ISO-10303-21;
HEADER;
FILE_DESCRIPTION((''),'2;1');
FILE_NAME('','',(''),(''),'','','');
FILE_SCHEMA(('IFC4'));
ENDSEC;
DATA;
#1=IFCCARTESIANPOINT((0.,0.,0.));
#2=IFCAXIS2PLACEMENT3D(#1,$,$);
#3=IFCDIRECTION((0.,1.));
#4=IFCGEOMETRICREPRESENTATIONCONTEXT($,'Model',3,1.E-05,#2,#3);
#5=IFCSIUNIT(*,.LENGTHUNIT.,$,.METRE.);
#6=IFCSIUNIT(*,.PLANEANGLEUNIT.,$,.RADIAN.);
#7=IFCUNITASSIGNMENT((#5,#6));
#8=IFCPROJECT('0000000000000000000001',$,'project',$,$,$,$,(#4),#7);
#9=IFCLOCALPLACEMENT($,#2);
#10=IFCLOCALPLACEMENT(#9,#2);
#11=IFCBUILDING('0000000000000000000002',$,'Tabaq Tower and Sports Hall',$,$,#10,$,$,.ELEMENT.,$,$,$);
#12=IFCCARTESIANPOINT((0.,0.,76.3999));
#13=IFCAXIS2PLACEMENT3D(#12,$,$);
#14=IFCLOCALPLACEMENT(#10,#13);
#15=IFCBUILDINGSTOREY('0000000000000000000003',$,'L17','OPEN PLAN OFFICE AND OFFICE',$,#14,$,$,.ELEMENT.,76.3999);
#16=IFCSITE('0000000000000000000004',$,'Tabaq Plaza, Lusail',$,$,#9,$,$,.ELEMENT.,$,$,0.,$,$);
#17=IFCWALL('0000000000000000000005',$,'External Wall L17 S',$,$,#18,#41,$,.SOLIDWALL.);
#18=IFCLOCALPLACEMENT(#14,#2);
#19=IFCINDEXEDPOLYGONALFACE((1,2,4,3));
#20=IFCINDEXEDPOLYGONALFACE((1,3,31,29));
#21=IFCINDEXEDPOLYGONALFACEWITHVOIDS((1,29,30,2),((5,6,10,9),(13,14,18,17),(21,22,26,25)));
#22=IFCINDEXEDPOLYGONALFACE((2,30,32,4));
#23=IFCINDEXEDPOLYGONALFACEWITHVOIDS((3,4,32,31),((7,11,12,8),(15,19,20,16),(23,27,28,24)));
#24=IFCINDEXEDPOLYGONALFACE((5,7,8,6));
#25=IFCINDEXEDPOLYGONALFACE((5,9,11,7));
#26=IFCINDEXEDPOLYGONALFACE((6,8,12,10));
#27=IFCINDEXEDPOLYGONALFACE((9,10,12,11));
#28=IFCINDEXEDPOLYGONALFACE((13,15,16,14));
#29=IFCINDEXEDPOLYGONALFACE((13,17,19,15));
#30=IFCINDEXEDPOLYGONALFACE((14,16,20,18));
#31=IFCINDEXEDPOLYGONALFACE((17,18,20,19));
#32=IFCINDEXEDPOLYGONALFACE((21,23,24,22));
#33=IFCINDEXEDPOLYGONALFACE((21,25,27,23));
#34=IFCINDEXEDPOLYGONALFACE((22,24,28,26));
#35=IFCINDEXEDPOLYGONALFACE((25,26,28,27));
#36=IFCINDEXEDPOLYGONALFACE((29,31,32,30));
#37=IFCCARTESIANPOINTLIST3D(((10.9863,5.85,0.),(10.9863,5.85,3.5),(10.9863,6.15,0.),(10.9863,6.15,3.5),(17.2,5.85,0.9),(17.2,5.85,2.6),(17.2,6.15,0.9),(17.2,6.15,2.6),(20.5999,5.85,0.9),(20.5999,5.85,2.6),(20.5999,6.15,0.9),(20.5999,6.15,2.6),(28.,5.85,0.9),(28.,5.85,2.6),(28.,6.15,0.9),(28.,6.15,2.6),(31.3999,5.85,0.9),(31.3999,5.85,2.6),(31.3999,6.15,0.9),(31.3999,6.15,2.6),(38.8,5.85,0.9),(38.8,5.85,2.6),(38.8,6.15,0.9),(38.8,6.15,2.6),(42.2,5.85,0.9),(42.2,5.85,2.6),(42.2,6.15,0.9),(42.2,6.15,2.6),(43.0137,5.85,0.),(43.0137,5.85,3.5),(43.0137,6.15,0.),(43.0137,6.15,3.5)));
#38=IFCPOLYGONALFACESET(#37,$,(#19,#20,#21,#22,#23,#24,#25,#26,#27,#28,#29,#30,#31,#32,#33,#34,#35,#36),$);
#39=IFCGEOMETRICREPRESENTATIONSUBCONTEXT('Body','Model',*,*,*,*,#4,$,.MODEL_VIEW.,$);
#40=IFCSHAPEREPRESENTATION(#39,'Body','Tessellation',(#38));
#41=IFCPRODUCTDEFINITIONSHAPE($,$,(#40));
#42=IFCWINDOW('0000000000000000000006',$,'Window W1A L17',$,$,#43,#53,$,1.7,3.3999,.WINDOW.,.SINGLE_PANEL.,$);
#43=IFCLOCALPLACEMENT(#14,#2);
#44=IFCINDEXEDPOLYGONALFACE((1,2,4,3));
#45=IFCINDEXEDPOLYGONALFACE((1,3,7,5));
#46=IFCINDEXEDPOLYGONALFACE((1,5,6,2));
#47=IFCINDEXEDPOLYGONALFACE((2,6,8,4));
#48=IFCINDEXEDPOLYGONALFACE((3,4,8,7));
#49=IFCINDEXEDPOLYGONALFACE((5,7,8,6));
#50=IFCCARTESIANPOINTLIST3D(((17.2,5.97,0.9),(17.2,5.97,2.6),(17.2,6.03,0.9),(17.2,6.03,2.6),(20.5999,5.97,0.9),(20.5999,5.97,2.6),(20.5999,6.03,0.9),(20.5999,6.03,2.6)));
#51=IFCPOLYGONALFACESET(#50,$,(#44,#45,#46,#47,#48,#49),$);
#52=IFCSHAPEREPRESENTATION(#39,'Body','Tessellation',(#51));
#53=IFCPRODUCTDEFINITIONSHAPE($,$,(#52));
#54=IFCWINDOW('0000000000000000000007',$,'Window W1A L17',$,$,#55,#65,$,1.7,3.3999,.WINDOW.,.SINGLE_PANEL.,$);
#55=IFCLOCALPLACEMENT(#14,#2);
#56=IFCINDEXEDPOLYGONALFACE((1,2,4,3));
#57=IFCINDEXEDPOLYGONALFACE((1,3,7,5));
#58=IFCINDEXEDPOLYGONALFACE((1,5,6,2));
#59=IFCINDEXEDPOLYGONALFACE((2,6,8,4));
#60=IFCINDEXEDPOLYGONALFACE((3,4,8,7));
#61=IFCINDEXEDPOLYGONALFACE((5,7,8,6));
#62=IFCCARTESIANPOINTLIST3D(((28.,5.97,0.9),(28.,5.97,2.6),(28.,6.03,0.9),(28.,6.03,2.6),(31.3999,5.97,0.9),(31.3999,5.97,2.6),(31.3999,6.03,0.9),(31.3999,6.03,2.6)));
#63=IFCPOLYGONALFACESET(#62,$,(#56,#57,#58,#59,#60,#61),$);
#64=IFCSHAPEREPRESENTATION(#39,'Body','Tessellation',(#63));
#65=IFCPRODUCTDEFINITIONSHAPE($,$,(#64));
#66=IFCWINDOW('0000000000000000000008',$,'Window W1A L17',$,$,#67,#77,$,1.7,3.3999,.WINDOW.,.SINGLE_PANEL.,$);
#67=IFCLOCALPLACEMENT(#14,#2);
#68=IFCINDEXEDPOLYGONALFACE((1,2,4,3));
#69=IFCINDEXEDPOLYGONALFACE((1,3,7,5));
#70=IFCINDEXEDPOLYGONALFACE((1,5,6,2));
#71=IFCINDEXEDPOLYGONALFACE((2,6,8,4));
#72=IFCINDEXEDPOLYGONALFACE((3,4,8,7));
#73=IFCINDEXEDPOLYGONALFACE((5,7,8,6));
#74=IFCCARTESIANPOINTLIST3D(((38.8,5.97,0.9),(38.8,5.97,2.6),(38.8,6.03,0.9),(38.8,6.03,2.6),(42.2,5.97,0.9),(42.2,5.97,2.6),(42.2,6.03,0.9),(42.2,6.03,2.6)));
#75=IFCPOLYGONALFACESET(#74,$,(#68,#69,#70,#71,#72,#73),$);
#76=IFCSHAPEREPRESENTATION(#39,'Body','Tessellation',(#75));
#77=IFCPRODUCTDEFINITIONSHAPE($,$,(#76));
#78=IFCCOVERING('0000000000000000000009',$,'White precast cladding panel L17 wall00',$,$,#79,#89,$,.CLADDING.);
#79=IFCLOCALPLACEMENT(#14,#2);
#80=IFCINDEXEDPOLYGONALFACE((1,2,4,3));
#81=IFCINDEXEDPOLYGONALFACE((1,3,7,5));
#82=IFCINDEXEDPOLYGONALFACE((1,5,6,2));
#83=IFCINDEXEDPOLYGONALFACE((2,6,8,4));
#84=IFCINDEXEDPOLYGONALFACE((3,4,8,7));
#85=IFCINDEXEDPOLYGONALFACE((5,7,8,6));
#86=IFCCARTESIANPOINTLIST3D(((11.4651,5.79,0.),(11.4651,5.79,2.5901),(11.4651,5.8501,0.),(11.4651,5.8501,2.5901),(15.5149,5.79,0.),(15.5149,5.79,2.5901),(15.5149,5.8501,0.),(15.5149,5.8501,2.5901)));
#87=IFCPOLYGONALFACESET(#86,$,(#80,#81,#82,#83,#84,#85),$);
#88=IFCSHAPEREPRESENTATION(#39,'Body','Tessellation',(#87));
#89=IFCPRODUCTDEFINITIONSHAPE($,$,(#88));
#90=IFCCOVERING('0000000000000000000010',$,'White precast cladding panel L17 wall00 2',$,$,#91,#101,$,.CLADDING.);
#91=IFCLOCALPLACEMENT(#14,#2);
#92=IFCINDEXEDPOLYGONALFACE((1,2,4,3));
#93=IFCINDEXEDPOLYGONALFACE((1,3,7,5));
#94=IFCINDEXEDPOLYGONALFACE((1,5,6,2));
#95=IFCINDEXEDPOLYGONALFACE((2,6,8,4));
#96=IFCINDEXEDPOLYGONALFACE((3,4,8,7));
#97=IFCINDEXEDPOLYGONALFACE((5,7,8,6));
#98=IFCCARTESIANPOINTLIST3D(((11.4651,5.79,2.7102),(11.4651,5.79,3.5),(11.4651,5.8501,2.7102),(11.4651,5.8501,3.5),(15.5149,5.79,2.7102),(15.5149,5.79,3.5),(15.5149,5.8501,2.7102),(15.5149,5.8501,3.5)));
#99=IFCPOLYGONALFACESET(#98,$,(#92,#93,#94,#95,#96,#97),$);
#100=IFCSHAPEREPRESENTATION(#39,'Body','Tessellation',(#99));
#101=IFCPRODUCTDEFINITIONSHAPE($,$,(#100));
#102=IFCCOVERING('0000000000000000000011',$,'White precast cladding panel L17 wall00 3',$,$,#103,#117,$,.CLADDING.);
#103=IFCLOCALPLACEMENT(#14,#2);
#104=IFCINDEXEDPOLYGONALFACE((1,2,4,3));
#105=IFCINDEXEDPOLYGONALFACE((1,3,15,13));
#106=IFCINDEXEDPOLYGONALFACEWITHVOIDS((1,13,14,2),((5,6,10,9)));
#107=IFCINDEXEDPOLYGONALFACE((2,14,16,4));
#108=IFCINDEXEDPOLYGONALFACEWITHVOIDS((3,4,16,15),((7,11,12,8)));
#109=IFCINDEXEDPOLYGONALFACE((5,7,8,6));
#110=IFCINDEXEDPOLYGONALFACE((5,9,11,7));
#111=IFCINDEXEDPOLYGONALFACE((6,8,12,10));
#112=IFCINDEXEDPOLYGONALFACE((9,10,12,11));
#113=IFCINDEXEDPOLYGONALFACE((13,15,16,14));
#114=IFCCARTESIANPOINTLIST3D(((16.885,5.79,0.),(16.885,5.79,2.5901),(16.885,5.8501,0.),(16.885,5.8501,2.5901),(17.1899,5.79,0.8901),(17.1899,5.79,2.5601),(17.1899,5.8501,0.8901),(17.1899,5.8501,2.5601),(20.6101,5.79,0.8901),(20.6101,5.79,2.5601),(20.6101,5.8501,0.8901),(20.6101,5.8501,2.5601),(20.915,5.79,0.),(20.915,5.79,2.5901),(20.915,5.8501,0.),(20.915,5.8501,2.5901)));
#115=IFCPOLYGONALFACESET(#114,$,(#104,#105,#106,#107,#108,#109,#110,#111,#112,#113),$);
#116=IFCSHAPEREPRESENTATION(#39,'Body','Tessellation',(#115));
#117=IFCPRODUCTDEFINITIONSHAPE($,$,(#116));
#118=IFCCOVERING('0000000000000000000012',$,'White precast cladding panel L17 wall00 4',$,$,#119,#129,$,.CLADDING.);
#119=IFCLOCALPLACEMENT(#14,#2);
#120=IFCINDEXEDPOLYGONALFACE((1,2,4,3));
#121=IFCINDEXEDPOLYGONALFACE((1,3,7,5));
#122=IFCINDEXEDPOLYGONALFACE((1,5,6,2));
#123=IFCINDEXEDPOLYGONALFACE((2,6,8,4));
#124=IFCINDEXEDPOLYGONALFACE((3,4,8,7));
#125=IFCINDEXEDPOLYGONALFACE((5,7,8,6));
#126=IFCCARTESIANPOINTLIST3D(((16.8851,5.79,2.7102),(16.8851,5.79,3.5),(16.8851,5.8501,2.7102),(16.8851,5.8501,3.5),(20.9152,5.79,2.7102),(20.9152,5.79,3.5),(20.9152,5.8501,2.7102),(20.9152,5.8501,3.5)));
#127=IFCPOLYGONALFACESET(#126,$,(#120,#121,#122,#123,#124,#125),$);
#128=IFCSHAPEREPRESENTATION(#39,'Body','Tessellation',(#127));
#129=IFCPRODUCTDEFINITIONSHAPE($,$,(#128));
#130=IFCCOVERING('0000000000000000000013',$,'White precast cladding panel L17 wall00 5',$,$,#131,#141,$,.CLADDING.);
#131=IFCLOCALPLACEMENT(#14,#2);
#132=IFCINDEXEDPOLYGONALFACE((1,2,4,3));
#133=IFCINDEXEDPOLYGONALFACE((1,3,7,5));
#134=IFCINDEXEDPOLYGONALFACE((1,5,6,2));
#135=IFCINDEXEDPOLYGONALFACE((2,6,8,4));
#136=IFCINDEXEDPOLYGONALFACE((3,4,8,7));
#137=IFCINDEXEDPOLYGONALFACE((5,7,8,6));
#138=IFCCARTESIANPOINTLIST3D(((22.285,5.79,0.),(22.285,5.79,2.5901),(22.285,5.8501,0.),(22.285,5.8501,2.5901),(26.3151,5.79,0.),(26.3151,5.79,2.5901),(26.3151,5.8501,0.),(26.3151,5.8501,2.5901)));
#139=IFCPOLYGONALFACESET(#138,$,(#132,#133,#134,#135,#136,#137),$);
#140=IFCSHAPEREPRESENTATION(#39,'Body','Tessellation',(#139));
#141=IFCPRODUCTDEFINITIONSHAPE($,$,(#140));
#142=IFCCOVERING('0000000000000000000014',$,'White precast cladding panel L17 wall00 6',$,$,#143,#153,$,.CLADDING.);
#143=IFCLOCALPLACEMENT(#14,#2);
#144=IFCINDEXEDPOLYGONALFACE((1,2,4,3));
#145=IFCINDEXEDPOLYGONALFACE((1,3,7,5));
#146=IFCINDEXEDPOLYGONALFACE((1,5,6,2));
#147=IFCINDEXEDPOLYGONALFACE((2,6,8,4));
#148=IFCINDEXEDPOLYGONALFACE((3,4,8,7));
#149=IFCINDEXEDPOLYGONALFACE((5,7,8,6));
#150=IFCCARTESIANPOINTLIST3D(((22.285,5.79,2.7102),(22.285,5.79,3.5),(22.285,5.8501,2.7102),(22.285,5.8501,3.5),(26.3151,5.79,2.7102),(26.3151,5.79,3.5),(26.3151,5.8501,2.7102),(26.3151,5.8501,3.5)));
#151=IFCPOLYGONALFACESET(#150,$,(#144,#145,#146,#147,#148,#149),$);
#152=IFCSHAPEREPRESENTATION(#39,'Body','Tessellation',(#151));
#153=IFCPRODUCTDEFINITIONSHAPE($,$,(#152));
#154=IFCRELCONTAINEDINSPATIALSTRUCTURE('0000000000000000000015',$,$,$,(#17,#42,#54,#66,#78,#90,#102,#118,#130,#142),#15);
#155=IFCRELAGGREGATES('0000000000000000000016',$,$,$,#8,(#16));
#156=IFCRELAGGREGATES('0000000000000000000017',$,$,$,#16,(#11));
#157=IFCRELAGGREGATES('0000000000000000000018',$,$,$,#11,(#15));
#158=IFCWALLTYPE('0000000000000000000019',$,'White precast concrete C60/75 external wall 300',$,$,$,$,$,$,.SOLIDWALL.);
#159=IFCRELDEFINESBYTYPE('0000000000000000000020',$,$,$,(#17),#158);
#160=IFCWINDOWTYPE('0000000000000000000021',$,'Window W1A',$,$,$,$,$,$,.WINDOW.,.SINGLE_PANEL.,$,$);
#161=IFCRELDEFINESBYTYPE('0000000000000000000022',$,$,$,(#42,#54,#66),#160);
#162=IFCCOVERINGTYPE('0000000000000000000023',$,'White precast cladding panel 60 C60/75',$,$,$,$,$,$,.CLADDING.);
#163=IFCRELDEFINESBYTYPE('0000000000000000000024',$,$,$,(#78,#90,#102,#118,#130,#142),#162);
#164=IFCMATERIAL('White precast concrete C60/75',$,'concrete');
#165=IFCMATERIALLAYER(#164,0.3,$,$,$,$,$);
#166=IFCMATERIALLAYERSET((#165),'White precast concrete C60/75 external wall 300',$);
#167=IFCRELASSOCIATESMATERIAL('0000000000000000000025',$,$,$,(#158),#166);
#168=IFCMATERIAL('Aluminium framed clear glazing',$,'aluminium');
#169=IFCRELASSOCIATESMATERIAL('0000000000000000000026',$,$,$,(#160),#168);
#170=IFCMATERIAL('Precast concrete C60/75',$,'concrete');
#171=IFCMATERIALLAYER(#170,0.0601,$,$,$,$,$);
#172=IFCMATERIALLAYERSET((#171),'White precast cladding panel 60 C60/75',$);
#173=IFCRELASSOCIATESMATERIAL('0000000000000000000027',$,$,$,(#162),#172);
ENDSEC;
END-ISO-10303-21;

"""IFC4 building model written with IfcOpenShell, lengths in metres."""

from ifc_helpers import new_model, si_unit, direction, frame, frame_2d, origin, place, context, subcontext, project, spatial, polyline, rectangle, outline, extrude, material, layer, layer_set, type_object, element, fill, save


model = new_model("IFC4")

# Units and contexts
model_context = context("Model", 3, precision=1e-05, world=origin(), true_north=direction((0.0, 1.0)))
body_context = subcontext(model_context, "Body", "Model", "MODEL_VIEW")
ifc_project = project(units=[si_unit("LENGTHUNIT", "METRE"), si_unit("PLANEANGLEUNIT", "RADIAN")], contexts=[model_context])

# Site, building, storey
site_placement = place(None, origin())
site = spatial("IfcSite", under=ifc_project, at=site_placement, Name="Tabaq Plaza, Lusail", CompositionType="ELEMENT", RefElevation=0.0)
building_placement = place(site_placement, origin())
building = spatial("IfcBuilding", under=site, at=building_placement, Name="Tabaq Tower and Sports Hall", CompositionType="ELEMENT")
storey_placement = place(building_placement, frame((0.0, 0.0, 76.3999)))
storey = spatial("IfcBuildingStorey", under=building, at=storey_placement, Name="L17", Description="OPEN PLAN OFFICE AND OFFICE", CompositionType="ELEMENT", Elevation=76.3999)

# Wall, openings, windows
ifc_material_1 = material(Name="White precast concrete C60/75", Category="concrete")
ifc_layer_1 = layer(ifc_material_1, 0.3)
ifc_layer_set_1 = layer_set([ifc_layer_1], Name="White precast concrete C60/75 external wall 300")
wall_type_1 = type_object("IfcWallType", Name="White precast concrete C60/75 external wall 300", PredefinedType="SOLIDWALL", material=ifc_layer_set_1)
wall_1_placement = place(storey_placement, frame((10.9863, 6.0, 0.0), z_axis=(0.0, 0.0, 1.0), x_axis=(1.0, 0.0, 0.0)))
wall_1 = element("IfcWall", 1, at=wall_1_placement, inside=storey, type_object=wall_type_1, Name="External Wall L17 S", PredefinedType="SOLIDWALL", context=body_context, shape_type="SweptSolid", body=[
    extrude(rectangle(XDim=32.0273, YDim=0.3, at=frame_2d((16.0137, 0.0))), origin(), (0.0, 0.0, 1.0), 3.5),
])
opening_1_placement = place(wall_1_placement, frame((6.2136, 0.0, 0.8999)))
opening_1 = element("IfcOpeningElement", 2, at=opening_1_placement, cuts=wall_1, PredefinedType="OPENING", context=body_context, shape_type="SweptSolid", body=[
    extrude(rectangle(XDim=3.3999, YDim=1.7, at=frame_2d((1.7, 0.8501))), frame((0.0, 0.1602, 0.0), z_axis=(0.0, -1.0, 0.0), x_axis=(1.0, 0.0, 0.0)), (0.0, 0.0, 1.0), 0.3201),
])
opening_2_placement = place(wall_1_placement, frame((17.0137, 0.0, 0.8999)))
opening_2 = element("IfcOpeningElement", 3, at=opening_2_placement, cuts=wall_1, PredefinedType="OPENING", context=body_context, shape_type="SweptSolid", body=[
    extrude(rectangle(XDim=3.3999, YDim=1.7, at=frame_2d((1.7, 0.8501))), frame((0.0, 0.1602, 0.0), z_axis=(0.0, -1.0, 0.0), x_axis=(1.0, 0.0, 0.0)), (0.0, 0.0, 1.0), 0.3201),
])
opening_3_placement = place(wall_1_placement, frame((27.8137, 0.0, 0.8999)))
opening_3 = element("IfcOpeningElement", 4, at=opening_3_placement, cuts=wall_1, PredefinedType="OPENING", context=body_context, shape_type="SweptSolid", body=[
    extrude(rectangle(XDim=3.3999, YDim=1.7, at=frame_2d((1.7, 0.8501))), frame((0.0, 0.1602, 0.0), z_axis=(0.0, -1.0, 0.0), x_axis=(1.0, 0.0, 0.0)), (0.0, 0.0, 1.0), 0.3201),
])
ifc_material_2 = material(Name="Aluminium framed clear glazing", Category="aluminium")
window_type = type_object("IfcWindowType", Name="Window W1A", PartitioningType="SINGLE_PANEL", PredefinedType="WINDOW", material=ifc_material_2)
window_1_placement = place(opening_1_placement, origin())
window_1 = element("IfcWindow", 5, at=window_1_placement, inside=storey, type_object=window_type, Name="Window W1A L17", OverallHeight=1.7, OverallWidth=3.3999, PartitioningType="SINGLE_PANEL", PredefinedType="WINDOW", context=body_context, shape_type="SweptSolid", body=[
    extrude(rectangle(XDim=3.3999, YDim=1.7, at=frame_2d((1.7, 0.8501))), frame((0.0, 0.03, 0.0), z_axis=(0.0, -1.0, 0.0), x_axis=(1.0, 0.0, 0.0)), (0.0, 0.0, 1.0), 0.0601),
])
fill(opening_1, window_1)
window_2_placement = place(opening_2_placement, origin())
window_2 = element("IfcWindow", 6, at=window_2_placement, inside=storey, type_object=window_type, Name="Window W1A L17", OverallHeight=1.7, OverallWidth=3.3999, PartitioningType="SINGLE_PANEL", PredefinedType="WINDOW", context=body_context, shape_type="SweptSolid", body=[
    extrude(rectangle(XDim=3.3999, YDim=1.7, at=frame_2d((1.7, 0.8501))), frame((0.0, 0.03, 0.0), z_axis=(0.0, -1.0, 0.0), x_axis=(1.0, 0.0, 0.0)), (0.0, 0.0, 1.0), 0.0601),
])
fill(opening_2, window_2)
window_3_placement = place(opening_3_placement, origin())
window_3 = element("IfcWindow", 7, at=window_3_placement, inside=storey, type_object=window_type, Name="Window W1A L17", OverallHeight=1.7, OverallWidth=3.3999, PartitioningType="SINGLE_PANEL", PredefinedType="WINDOW", context=body_context, shape_type="SweptSolid", body=[
    extrude(rectangle(XDim=3.3999, YDim=1.7, at=frame_2d((1.7, 0.8501))), frame((0.0, 0.03, 0.0), z_axis=(0.0, -1.0, 0.0), x_axis=(1.0, 0.0, 0.0)), (0.0, 0.0, 1.0), 0.0601),
])
fill(opening_3, window_3)

# Coverings
ifc_material_3 = material(Name="Precast concrete C60/75", Category="concrete")
ifc_layer_2 = layer(ifc_material_3, 0.0601)
ifc_layer_set_2 = layer_set([ifc_layer_2], Name="White precast cladding panel 60 C60/75")
covering_type = type_object("IfcCoveringType", Name="White precast cladding panel 60 C60/75", PredefinedType="CLADDING", material=ifc_layer_set_2)
covering_1_placement = place(storey_placement, frame((11.4651, 5.8201, 0.0), z_axis=(0.0, 0.0, 1.0), x_axis=(1.0, 0.0, 0.0)))
element("IfcCovering", 8, at=covering_1_placement, inside=storey, type_object=covering_type, Name="White precast cladding panel L17 wall00", PredefinedType="CLADDING", context=body_context, shape_type="SweptSolid", body=[
    extrude(rectangle(XDim=4.0498, YDim=0.0601, at=frame_2d((2.0249, 0.0))), origin(), (0.0, 0.0, 1.0), 2.5901),
])
covering_2_placement = place(storey_placement, frame((11.4651, 5.8201, 2.7102), z_axis=(0.0, 0.0, 1.0), x_axis=(1.0, 0.0, 0.0)))
element("IfcCovering", 9, at=covering_2_placement, inside=storey, type_object=covering_type, Name="White precast cladding panel L17 wall00 2", PredefinedType="CLADDING", context=body_context, shape_type="SweptSolid", body=[
    extrude(rectangle(XDim=4.0498, YDim=0.0601, at=frame_2d((2.0249, 0.0))), origin(), (0.0, 0.0, 1.0), 0.7898),
])
covering_3_placement = place(storey_placement, frame((16.885, 5.8201, 0.0), z_axis=(0.0, 0.0, 1.0), x_axis=(1.0, 0.0, 0.0)))
element("IfcCovering", 10, at=covering_3_placement, inside=storey, type_object=covering_type, Name="White precast cladding panel L17 wall00 3", PredefinedType="CLADDING", context=body_context, shape_type="SweptSolid", body=[
    extrude(outline(polyline([(0.0, 0.0), (4.03, 0.0), (4.03, 2.5901), (0.0, 2.5901), (0.0, 0.0)]), holes=[polyline([(3.7251, 0.8901), (0.3049, 0.8901), (0.3049, 2.5601), (3.7251, 2.5601), (3.7251, 0.8901)])]), frame((0.0, 0.03, 0.0), z_axis=(0.0, -1.0, 0.0), x_axis=(1.0, 0.0, 0.0)), (0.0, 0.0, 1.0), 0.0601),
])
covering_4_placement = place(storey_placement, frame((16.885, 5.8201, 2.7102), z_axis=(0.0, 0.0, 1.0), x_axis=(1.0, 0.0, 0.0)))
element("IfcCovering", 11, at=covering_4_placement, inside=storey, type_object=covering_type, Name="White precast cladding panel L17 wall00 4", PredefinedType="CLADDING", context=body_context, shape_type="SweptSolid", body=[
    extrude(rectangle(XDim=4.03, YDim=0.0601, at=frame_2d((2.0151, 0.0))), origin(), (0.0, 0.0, 1.0), 0.7898),
])
covering_5_placement = place(storey_placement, frame((22.2849, 5.8201, 0.0), z_axis=(0.0, 0.0, 1.0), x_axis=(1.0, 0.0, 0.0)))
element("IfcCovering", 12, at=covering_5_placement, inside=storey, type_object=covering_type, Name="White precast cladding panel L17 wall00 5", PredefinedType="CLADDING", context=body_context, shape_type="SweptSolid", body=[
    extrude(rectangle(XDim=4.03, YDim=0.0601, at=frame_2d((2.0151, 0.0))), origin(), (0.0, 0.0, 1.0), 2.5901),
])
covering_6_placement = place(storey_placement, frame((22.2849, 5.8201, 2.7102), z_axis=(0.0, 0.0, 1.0), x_axis=(1.0, 0.0, 0.0)))
element("IfcCovering", 13, at=covering_6_placement, inside=storey, type_object=covering_type, Name="White precast cladding panel L17 wall00 6", PredefinedType="CLADDING", context=body_context, shape_type="SweptSolid", body=[
    extrude(rectangle(XDim=4.03, YDim=0.0601, at=frame_2d((2.0151, 0.0))), origin(), (0.0, 0.0, 1.0), 0.7898),
])

save(model, "model.ifc")
